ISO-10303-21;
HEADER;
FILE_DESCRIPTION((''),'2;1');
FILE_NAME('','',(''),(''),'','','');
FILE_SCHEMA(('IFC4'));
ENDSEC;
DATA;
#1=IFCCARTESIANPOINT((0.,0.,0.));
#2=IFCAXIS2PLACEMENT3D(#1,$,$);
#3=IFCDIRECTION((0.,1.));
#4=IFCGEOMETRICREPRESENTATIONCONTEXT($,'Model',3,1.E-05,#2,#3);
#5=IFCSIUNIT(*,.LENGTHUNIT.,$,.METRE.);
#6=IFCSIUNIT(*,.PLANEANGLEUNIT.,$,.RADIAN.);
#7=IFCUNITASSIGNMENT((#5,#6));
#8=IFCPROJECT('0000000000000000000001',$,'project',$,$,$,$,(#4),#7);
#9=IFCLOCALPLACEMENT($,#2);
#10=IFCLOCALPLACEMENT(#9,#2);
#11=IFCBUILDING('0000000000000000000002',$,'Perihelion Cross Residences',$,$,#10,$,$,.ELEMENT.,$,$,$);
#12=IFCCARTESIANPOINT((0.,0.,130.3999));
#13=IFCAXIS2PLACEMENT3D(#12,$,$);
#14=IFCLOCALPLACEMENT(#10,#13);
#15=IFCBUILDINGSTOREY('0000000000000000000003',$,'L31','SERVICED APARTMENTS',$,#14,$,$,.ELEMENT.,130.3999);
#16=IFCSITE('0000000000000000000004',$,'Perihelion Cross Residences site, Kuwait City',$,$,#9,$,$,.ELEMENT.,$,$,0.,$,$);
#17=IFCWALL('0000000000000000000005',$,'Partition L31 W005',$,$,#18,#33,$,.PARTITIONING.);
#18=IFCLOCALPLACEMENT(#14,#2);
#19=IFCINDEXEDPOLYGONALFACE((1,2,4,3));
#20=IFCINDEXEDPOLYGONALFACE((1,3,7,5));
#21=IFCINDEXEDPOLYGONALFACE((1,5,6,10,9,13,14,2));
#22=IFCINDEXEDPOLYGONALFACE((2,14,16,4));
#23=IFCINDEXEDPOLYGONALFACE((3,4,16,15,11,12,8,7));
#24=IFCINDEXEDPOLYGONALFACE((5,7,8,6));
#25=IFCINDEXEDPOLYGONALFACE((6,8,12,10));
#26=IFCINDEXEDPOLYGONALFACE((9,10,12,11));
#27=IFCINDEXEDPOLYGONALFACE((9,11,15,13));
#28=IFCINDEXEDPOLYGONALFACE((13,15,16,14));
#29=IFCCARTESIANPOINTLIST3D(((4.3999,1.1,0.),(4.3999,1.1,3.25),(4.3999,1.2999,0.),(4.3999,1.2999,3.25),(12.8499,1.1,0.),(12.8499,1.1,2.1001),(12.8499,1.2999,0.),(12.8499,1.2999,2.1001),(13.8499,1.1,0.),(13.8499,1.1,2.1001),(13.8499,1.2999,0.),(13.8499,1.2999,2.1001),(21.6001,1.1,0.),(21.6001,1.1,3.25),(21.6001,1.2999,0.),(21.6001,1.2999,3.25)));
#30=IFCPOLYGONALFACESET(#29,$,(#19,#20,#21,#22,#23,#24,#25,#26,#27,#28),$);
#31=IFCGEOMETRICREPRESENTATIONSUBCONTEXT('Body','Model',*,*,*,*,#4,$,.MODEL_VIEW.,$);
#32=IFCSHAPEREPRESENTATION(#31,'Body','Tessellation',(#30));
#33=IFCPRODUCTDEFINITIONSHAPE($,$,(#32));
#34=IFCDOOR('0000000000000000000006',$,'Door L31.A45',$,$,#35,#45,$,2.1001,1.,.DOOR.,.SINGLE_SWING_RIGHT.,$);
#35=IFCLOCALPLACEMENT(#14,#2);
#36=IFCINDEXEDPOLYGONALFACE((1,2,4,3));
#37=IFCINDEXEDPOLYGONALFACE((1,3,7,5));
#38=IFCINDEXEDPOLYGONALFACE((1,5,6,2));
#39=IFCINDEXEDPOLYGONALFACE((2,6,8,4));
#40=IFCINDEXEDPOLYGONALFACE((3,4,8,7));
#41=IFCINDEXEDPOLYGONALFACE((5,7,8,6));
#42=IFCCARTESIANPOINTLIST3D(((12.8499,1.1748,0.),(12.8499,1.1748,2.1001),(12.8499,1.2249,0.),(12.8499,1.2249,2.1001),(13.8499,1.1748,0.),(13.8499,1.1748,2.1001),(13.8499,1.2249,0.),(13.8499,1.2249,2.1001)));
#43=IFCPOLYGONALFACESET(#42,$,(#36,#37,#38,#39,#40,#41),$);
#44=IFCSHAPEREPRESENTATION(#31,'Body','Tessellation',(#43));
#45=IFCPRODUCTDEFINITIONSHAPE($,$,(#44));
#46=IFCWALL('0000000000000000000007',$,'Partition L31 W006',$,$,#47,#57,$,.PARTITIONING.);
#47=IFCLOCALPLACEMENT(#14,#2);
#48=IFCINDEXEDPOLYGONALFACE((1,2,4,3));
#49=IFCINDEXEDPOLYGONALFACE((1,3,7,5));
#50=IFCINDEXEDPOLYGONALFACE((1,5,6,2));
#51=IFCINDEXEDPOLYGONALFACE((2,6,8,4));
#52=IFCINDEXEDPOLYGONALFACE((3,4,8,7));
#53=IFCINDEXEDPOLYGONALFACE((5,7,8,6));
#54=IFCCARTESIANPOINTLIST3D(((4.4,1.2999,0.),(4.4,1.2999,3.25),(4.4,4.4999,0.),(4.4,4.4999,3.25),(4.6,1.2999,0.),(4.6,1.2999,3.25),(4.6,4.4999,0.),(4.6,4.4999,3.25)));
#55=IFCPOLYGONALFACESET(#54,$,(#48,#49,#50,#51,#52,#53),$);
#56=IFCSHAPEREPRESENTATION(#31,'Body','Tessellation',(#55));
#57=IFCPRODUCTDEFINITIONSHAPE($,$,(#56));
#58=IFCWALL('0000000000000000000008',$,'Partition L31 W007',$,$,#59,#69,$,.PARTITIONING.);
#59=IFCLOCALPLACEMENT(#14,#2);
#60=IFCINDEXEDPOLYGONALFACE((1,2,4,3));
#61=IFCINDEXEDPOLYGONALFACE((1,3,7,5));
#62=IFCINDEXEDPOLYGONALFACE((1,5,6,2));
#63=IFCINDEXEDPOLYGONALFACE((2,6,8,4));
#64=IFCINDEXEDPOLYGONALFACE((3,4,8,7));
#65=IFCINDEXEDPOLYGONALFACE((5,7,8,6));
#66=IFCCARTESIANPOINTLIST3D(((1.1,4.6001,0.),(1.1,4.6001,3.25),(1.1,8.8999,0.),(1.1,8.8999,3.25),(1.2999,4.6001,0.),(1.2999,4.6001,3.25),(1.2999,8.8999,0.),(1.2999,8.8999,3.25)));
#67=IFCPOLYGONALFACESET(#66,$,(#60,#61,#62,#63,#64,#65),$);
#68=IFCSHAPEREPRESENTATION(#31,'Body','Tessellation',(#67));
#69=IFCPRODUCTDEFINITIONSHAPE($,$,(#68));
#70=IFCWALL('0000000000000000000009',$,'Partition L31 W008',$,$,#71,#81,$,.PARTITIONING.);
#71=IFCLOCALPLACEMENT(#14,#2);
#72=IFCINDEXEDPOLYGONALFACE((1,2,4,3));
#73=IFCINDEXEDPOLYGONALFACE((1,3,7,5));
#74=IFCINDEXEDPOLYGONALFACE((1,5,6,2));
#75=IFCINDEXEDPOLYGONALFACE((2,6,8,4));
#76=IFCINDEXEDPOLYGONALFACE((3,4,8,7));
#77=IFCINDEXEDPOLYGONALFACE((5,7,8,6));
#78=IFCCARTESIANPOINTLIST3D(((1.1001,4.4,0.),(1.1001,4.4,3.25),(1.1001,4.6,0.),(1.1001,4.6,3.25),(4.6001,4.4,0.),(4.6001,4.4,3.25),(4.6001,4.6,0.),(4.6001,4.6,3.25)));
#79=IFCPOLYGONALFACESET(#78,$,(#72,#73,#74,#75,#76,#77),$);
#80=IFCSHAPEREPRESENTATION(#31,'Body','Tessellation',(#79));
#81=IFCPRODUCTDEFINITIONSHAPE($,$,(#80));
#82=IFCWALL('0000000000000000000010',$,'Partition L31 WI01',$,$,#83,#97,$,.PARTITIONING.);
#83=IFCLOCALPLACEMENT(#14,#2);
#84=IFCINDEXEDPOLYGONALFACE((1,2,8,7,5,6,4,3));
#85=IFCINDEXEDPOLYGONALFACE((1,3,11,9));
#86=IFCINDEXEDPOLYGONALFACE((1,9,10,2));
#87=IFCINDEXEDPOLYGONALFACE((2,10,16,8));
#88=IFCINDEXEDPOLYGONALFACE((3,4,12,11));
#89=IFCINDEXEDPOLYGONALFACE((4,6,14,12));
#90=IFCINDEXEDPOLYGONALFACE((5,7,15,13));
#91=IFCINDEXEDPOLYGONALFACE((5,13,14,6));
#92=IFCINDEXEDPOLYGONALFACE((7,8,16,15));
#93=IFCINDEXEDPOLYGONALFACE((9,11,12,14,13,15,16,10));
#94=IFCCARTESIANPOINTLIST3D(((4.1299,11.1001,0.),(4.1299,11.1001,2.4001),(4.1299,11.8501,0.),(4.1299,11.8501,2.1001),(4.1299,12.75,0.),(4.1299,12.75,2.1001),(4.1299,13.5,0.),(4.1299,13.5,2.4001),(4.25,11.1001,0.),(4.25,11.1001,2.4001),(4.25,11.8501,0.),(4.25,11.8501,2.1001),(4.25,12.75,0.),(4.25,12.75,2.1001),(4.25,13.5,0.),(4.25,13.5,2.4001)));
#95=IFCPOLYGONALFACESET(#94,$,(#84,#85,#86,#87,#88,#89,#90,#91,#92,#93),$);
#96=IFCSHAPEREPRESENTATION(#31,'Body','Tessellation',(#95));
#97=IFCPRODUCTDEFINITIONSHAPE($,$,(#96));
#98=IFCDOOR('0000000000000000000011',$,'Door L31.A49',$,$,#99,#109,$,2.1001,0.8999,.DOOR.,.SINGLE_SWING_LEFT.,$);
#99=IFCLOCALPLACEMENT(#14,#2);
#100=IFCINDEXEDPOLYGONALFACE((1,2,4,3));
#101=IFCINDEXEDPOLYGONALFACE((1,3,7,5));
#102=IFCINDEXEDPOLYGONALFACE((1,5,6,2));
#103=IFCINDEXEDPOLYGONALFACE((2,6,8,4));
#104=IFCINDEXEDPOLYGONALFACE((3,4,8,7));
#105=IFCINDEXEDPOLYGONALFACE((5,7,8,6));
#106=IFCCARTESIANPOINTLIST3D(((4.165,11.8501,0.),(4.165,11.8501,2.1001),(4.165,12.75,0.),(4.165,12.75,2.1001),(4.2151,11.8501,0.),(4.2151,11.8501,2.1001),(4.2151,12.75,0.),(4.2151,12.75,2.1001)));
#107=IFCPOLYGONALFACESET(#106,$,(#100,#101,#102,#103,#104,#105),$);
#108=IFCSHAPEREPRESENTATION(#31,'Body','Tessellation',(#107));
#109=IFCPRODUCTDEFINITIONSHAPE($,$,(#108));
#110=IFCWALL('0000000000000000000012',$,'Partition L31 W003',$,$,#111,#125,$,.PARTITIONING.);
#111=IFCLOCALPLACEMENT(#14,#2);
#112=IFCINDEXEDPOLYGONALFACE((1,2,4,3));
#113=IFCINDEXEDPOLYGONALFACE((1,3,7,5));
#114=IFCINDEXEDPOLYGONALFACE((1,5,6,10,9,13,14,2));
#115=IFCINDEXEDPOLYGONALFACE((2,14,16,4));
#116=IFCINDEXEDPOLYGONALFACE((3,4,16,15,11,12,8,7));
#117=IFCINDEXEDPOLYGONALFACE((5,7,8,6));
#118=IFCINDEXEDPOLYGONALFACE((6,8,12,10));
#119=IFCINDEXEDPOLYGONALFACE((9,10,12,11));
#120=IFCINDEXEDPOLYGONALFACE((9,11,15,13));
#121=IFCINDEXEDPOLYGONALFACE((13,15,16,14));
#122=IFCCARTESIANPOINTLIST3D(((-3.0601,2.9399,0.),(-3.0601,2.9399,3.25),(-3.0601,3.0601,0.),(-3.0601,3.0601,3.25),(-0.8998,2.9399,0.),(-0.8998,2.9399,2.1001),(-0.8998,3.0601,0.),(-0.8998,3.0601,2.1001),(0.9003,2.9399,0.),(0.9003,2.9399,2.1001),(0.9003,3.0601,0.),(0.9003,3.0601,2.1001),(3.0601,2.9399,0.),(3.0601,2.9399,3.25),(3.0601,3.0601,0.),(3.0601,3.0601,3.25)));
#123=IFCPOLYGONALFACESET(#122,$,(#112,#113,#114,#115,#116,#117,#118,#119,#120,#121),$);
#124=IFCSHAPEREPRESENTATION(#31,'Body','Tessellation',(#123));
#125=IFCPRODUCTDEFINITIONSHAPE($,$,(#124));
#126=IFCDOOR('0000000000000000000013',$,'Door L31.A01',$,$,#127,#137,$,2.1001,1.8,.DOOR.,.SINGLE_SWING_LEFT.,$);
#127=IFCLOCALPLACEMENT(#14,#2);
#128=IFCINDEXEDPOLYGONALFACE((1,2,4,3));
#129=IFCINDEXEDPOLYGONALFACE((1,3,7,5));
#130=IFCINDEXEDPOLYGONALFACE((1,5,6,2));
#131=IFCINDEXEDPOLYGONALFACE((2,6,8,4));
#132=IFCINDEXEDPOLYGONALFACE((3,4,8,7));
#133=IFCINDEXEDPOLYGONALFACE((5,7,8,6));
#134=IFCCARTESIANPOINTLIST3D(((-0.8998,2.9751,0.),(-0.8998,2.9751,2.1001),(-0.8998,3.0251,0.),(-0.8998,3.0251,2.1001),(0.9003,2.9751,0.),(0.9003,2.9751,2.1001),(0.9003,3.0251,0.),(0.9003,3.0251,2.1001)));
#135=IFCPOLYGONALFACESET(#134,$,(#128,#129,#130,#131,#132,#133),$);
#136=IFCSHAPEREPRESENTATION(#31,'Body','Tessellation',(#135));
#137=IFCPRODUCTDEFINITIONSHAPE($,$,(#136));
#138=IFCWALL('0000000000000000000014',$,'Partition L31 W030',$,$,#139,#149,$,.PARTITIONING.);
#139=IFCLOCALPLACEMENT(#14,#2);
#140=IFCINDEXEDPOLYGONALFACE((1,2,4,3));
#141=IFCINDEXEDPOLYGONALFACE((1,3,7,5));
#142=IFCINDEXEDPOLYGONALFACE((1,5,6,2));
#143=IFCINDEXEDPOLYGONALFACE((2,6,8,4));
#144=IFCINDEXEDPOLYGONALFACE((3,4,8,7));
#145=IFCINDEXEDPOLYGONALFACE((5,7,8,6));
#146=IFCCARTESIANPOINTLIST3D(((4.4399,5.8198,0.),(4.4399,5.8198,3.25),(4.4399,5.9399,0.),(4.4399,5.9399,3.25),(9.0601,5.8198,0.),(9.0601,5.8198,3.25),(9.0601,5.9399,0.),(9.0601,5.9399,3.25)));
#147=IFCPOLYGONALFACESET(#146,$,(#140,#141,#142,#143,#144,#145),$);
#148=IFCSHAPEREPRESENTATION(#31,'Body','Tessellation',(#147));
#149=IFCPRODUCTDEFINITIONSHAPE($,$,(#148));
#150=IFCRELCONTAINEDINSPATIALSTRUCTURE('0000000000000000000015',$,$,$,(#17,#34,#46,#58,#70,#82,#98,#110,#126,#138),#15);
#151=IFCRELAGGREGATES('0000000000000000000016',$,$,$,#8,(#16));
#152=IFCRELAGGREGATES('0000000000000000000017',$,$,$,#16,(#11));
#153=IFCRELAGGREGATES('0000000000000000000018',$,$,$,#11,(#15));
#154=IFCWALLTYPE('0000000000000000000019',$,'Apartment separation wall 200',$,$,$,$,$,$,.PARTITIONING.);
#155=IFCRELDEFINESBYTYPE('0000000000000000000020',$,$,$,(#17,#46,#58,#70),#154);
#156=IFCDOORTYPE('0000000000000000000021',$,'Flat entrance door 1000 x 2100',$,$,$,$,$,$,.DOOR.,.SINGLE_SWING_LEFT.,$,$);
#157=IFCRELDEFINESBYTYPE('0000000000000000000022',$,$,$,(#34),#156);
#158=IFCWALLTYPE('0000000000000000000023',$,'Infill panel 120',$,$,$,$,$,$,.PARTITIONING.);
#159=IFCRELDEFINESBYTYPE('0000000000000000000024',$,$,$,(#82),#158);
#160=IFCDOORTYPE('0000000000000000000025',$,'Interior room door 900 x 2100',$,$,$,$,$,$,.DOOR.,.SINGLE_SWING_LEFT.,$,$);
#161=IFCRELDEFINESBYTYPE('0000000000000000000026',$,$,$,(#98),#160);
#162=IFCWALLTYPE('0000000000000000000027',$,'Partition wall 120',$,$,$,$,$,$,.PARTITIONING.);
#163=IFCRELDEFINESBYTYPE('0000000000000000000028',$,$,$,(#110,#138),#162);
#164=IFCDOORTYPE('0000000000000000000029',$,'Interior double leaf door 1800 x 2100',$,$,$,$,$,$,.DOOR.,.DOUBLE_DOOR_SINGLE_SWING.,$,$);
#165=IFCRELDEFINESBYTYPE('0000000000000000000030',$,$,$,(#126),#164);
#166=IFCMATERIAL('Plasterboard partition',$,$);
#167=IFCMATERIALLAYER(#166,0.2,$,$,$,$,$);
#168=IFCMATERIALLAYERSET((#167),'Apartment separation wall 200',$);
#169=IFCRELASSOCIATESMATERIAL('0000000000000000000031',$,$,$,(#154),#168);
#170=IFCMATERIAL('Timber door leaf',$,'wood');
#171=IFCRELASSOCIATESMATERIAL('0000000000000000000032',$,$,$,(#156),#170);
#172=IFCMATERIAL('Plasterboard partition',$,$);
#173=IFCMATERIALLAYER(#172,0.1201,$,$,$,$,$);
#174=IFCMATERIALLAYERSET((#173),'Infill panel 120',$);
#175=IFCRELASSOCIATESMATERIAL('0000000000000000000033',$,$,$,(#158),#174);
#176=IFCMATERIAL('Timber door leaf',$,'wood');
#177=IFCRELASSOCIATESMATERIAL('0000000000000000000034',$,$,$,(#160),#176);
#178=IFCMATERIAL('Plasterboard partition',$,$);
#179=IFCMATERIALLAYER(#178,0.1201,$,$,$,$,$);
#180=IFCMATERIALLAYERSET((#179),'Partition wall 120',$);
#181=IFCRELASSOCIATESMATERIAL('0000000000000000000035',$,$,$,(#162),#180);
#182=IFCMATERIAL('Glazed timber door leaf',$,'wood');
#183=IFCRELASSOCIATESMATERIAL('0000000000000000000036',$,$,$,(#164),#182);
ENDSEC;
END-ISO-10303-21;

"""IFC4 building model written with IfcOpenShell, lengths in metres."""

from ifc_helpers import new_model, si_unit, direction, frame, frame_2d, origin, place, context, subcontext, project, spatial, rectangle, extrude, material, layer, layer_set, type_object, element, fill, save


model = new_model("IFC4")

# Units and contexts
model_context = context("Model", 3, precision=1e-05, world=origin(), true_north=direction((0.0, 1.0)))
body_context = subcontext(model_context, "Body", "Model", "MODEL_VIEW")
ifc_project = project(units=[si_unit("LENGTHUNIT", "METRE"), si_unit("PLANEANGLEUNIT", "RADIAN")], contexts=[model_context])

# Site, building, storey
site_placement = place(None, origin())
site = spatial("IfcSite", under=ifc_project, at=site_placement, Name="Perihelion Cross Residences site, Kuwait City", CompositionType="ELEMENT", RefElevation=0.0)
building_placement = place(site_placement, origin())
building = spatial("IfcBuilding", under=site, at=building_placement, Name="Perihelion Cross Residences", CompositionType="ELEMENT")
storey_placement = place(building_placement, frame((0.0, 0.0, 130.3999)))
storey = spatial("IfcBuildingStorey", under=building, at=storey_placement, Name="L31", Description="SERVICED APARTMENTS", CompositionType="ELEMENT", Elevation=130.3999)

# Wall, opening, door
ifc_material_1 = material(Name="Plasterboard partition")
ifc_layer_1 = layer(ifc_material_1, 0.2)
ifc_layer_set_1 = layer_set([ifc_layer_1], Name="Apartment separation wall 200")
wall_type_1 = type_object("IfcWallType", Name="Apartment separation wall 200", PredefinedType="PARTITIONING", material=ifc_layer_set_1)
wall_1_placement = place(storey_placement, frame((4.3999, 1.2, 0.0), z_axis=(0.0, 0.0, 1.0), x_axis=(1.0, 0.0, 0.0)))
wall_1 = element("IfcWall", 1, at=wall_1_placement, inside=storey, type_object=wall_type_1, Name="Partition L31 W005", PredefinedType="PARTITIONING", context=body_context, shape_type="SweptSolid", body=[
    extrude(rectangle(XDim=17.2002, YDim=0.2, at=frame_2d((8.6001, 0.0))), origin(), (0.0, 0.0, 1.0), 3.25),
])
opening_1_placement = place(wall_1_placement, frame((8.45, 0.0, 0.0)))
opening_1 = element("IfcOpeningElement", 2, at=opening_1_placement, cuts=wall_1, PredefinedType="OPENING", context=body_context, shape_type="SweptSolid", body=[
    extrude(rectangle(XDim=1.0, YDim=2.1001, at=frame_2d((0.5, 1.05))), frame((0.0, 0.1099, 0.0), z_axis=(0.0, -1.0, 0.0), x_axis=(1.0, 0.0, 0.0)), (0.0, 0.0, 1.0), 0.22),
])
ifc_material_2 = material(Name="Timber door leaf", Category="wood")
door_type_1 = type_object("IfcDoorType", Name="Flat entrance door 1000 x 2100", OperationType="SINGLE_SWING_LEFT", PredefinedType="DOOR", material=ifc_material_2)
door_1_placement = place(opening_1_placement, origin())
door_1 = element("IfcDoor", 3, at=door_1_placement, inside=storey, type_object=door_type_1, Name="Door L31.A45", OperationType="SINGLE_SWING_RIGHT", OverallHeight=2.1001, OverallWidth=1.0, PredefinedType="DOOR", context=body_context, shape_type="SweptSolid", body=[
    extrude(rectangle(XDim=1.0, YDim=2.1001, at=frame_2d((0.5, 1.05))), frame((0.0, 0.0249, 0.0), z_axis=(0.0, -1.0, 0.0), x_axis=(1.0, 0.0, 0.0)), (0.0, 0.0, 1.0), 0.05),
])
fill(opening_1, door_1)

# Walls
wall_2_placement = place(storey_placement, frame((4.5, 4.5, 0.0), z_axis=(0.0, 0.0, 1.0), x_axis=(0.0, -1.0, 0.0)))
element("IfcWall", 4, at=wall_2_placement, inside=storey, type_object=wall_type_1, Name="Partition L31 W006", PredefinedType="PARTITIONING", context=body_context, shape_type="SweptSolid", body=[
    extrude(rectangle(XDim=3.2, YDim=0.2, at=frame_2d((1.6001, 0.0))), origin(), (0.0, 0.0, 1.0), 3.25),
])
wall_3_placement = place(storey_placement, frame((1.2, 8.8999, 0.0), z_axis=(0.0, 0.0, 1.0), x_axis=(0.0, -1.0, 0.0)))
element("IfcWall", 5, at=wall_3_placement, inside=storey, type_object=wall_type_1, Name="Partition L31 W007", PredefinedType="PARTITIONING", context=body_context, shape_type="SweptSolid", body=[
    extrude(rectangle(XDim=4.2998, YDim=0.2, at=frame_2d((2.1499, 0.0))), origin(), (0.0, 0.0, 1.0), 3.25),
])
wall_4_placement = place(storey_placement, frame((1.1001, 4.5, 0.0), z_axis=(0.0, 0.0, 1.0), x_axis=(1.0, 0.0, 0.0)))
element("IfcWall", 6, at=wall_4_placement, inside=storey, type_object=wall_type_1, Name="Partition L31 W008", PredefinedType="PARTITIONING", context=body_context, shape_type="SweptSolid", body=[
    extrude(rectangle(XDim=3.5, YDim=0.2, at=frame_2d((1.75, 0.0))), origin(), (0.0, 0.0, 1.0), 3.25),
])

# Walls, openings, doors
ifc_material_3 = material(Name="Plasterboard partition")
ifc_layer_2 = layer(ifc_material_3, 0.1201)
ifc_layer_set_2 = layer_set([ifc_layer_2], Name="Infill panel 120")
wall_type_2 = type_object("IfcWallType", Name="Infill panel 120", PredefinedType="PARTITIONING", material=ifc_layer_set_2)
wall_5_placement = place(storey_placement, frame((4.1899, 11.1001, 0.0), z_axis=(0.0, 0.0, 1.0), x_axis=(0.0, 1.0, 0.0)))
wall_5 = element("IfcWall", 7, at=wall_5_placement, inside=storey, type_object=wall_type_2, Name="Partition L31 WI01", PredefinedType="PARTITIONING", context=body_context, shape_type="SweptSolid", body=[
    extrude(rectangle(XDim=2.3999, YDim=0.1201, at=frame_2d((1.2, 0.0))), origin(), (0.0, 0.0, 1.0), 2.4001),
])
opening_2_placement = place(wall_5_placement, frame((0.75, 0.0, 0.0)))
opening_2 = element("IfcOpeningElement", 8, at=opening_2_placement, cuts=wall_5, PredefinedType="OPENING", context=body_context, shape_type="SweptSolid", body=[
    extrude(rectangle(XDim=0.8999, YDim=2.1001, at=frame_2d((0.45, 1.05))), frame((0.0, 0.0701, 0.0), z_axis=(0.0, -1.0, 0.0), x_axis=(1.0, 0.0, 0.0)), (0.0, 0.0, 1.0), 0.1401),
])
ifc_material_4 = material(Name="Timber door leaf", Category="wood")
door_type_2 = type_object("IfcDoorType", Name="Interior room door 900 x 2100", OperationType="SINGLE_SWING_LEFT", PredefinedType="DOOR", material=ifc_material_4)
door_2_placement = place(opening_2_placement, origin())
door_2 = element("IfcDoor", 9, at=door_2_placement, inside=storey, type_object=door_type_2, Name="Door L31.A49", OperationType="SINGLE_SWING_LEFT", OverallHeight=2.1001, OverallWidth=0.8999, PredefinedType="DOOR", context=body_context, shape_type="SweptSolid", body=[
    extrude(rectangle(XDim=0.8999, YDim=2.1001, at=frame_2d((0.45, 1.05))), frame((0.0, 0.0249, 0.0), z_axis=(0.0, -1.0, 0.0), x_axis=(1.0, 0.0, 0.0)), (0.0, 0.0, 1.0), 0.05),
])
fill(opening_2, door_2)
ifc_material_5 = material(Name="Plasterboard partition")
ifc_layer_3 = layer(ifc_material_5, 0.1201)
ifc_layer_set_3 = layer_set([ifc_layer_3], Name="Partition wall 120")
wall_type_3 = type_object("IfcWallType", Name="Partition wall 120", PredefinedType="PARTITIONING", material=ifc_layer_set_3)
wall_6_placement = place(storey_placement, frame((3.0601, 3.0, 0.0), z_axis=(0.0, 0.0, 1.0), x_axis=(-1.0, 0.0, 0.0)))
wall_6 = element("IfcWall", 10, at=wall_6_placement, inside=storey, type_object=wall_type_3, Name="Partition L31 W003", PredefinedType="PARTITIONING", context=body_context, shape_type="SweptSolid", body=[
    extrude(rectangle(XDim=6.1201, YDim=0.1201, at=frame_2d((3.0601, 0.0))), origin(), (0.0, 0.0, 1.0), 3.25),
])
opening_3_placement = place(wall_6_placement, frame((2.1599, 0.0, 0.0)))
opening_3 = element("IfcOpeningElement", 11, at=opening_3_placement, cuts=wall_6, PredefinedType="OPENING", context=body_context, shape_type="SweptSolid", body=[
    extrude(rectangle(XDim=1.8, YDim=2.1001, at=frame_2d((0.8999, 1.05))), frame((0.0, 0.0701, 0.0), z_axis=(0.0, -1.0, 0.0), x_axis=(1.0, 0.0, 0.0)), (0.0, 0.0, 1.0), 0.1401),
])
ifc_material_6 = material(Name="Glazed timber door leaf", Category="wood")
door_type_3 = type_object("IfcDoorType", Name="Interior double leaf door 1800 x 2100", OperationType="DOUBLE_DOOR_SINGLE_SWING", PredefinedType="DOOR", material=ifc_material_6)
door_3_placement = place(opening_3_placement, origin())
door_3 = element("IfcDoor", 12, at=door_3_placement, inside=storey, type_object=door_type_3, Name="Door L31.A01", OperationType="SINGLE_SWING_LEFT", OverallHeight=2.1001, OverallWidth=1.8, PredefinedType="DOOR", context=body_context, shape_type="SweptSolid", body=[
    extrude(rectangle(XDim=1.8, YDim=2.1001, at=frame_2d((0.8999, 1.05))), frame((0.0, 0.0249, 0.0), z_axis=(0.0, -1.0, 0.0), x_axis=(1.0, 0.0, 0.0)), (0.0, 0.0, 1.0), 0.05),
])
fill(opening_3, door_3)

# Wall
wall_7_placement = place(storey_placement, frame((4.4399, 5.8799, 0.0), z_axis=(0.0, 0.0, 1.0), x_axis=(1.0, 0.0, 0.0)))
element("IfcWall", 13, at=wall_7_placement, inside=storey, type_object=wall_type_3, Name="Partition L31 W030", PredefinedType="PARTITIONING", context=body_context, shape_type="SweptSolid", body=[
    extrude(rectangle(XDim=4.6201, YDim=0.1201, at=frame_2d((2.3101, 0.0))), origin(), (0.0, 0.0, 1.0), 3.25),
])

save(model, "model.ifc")
